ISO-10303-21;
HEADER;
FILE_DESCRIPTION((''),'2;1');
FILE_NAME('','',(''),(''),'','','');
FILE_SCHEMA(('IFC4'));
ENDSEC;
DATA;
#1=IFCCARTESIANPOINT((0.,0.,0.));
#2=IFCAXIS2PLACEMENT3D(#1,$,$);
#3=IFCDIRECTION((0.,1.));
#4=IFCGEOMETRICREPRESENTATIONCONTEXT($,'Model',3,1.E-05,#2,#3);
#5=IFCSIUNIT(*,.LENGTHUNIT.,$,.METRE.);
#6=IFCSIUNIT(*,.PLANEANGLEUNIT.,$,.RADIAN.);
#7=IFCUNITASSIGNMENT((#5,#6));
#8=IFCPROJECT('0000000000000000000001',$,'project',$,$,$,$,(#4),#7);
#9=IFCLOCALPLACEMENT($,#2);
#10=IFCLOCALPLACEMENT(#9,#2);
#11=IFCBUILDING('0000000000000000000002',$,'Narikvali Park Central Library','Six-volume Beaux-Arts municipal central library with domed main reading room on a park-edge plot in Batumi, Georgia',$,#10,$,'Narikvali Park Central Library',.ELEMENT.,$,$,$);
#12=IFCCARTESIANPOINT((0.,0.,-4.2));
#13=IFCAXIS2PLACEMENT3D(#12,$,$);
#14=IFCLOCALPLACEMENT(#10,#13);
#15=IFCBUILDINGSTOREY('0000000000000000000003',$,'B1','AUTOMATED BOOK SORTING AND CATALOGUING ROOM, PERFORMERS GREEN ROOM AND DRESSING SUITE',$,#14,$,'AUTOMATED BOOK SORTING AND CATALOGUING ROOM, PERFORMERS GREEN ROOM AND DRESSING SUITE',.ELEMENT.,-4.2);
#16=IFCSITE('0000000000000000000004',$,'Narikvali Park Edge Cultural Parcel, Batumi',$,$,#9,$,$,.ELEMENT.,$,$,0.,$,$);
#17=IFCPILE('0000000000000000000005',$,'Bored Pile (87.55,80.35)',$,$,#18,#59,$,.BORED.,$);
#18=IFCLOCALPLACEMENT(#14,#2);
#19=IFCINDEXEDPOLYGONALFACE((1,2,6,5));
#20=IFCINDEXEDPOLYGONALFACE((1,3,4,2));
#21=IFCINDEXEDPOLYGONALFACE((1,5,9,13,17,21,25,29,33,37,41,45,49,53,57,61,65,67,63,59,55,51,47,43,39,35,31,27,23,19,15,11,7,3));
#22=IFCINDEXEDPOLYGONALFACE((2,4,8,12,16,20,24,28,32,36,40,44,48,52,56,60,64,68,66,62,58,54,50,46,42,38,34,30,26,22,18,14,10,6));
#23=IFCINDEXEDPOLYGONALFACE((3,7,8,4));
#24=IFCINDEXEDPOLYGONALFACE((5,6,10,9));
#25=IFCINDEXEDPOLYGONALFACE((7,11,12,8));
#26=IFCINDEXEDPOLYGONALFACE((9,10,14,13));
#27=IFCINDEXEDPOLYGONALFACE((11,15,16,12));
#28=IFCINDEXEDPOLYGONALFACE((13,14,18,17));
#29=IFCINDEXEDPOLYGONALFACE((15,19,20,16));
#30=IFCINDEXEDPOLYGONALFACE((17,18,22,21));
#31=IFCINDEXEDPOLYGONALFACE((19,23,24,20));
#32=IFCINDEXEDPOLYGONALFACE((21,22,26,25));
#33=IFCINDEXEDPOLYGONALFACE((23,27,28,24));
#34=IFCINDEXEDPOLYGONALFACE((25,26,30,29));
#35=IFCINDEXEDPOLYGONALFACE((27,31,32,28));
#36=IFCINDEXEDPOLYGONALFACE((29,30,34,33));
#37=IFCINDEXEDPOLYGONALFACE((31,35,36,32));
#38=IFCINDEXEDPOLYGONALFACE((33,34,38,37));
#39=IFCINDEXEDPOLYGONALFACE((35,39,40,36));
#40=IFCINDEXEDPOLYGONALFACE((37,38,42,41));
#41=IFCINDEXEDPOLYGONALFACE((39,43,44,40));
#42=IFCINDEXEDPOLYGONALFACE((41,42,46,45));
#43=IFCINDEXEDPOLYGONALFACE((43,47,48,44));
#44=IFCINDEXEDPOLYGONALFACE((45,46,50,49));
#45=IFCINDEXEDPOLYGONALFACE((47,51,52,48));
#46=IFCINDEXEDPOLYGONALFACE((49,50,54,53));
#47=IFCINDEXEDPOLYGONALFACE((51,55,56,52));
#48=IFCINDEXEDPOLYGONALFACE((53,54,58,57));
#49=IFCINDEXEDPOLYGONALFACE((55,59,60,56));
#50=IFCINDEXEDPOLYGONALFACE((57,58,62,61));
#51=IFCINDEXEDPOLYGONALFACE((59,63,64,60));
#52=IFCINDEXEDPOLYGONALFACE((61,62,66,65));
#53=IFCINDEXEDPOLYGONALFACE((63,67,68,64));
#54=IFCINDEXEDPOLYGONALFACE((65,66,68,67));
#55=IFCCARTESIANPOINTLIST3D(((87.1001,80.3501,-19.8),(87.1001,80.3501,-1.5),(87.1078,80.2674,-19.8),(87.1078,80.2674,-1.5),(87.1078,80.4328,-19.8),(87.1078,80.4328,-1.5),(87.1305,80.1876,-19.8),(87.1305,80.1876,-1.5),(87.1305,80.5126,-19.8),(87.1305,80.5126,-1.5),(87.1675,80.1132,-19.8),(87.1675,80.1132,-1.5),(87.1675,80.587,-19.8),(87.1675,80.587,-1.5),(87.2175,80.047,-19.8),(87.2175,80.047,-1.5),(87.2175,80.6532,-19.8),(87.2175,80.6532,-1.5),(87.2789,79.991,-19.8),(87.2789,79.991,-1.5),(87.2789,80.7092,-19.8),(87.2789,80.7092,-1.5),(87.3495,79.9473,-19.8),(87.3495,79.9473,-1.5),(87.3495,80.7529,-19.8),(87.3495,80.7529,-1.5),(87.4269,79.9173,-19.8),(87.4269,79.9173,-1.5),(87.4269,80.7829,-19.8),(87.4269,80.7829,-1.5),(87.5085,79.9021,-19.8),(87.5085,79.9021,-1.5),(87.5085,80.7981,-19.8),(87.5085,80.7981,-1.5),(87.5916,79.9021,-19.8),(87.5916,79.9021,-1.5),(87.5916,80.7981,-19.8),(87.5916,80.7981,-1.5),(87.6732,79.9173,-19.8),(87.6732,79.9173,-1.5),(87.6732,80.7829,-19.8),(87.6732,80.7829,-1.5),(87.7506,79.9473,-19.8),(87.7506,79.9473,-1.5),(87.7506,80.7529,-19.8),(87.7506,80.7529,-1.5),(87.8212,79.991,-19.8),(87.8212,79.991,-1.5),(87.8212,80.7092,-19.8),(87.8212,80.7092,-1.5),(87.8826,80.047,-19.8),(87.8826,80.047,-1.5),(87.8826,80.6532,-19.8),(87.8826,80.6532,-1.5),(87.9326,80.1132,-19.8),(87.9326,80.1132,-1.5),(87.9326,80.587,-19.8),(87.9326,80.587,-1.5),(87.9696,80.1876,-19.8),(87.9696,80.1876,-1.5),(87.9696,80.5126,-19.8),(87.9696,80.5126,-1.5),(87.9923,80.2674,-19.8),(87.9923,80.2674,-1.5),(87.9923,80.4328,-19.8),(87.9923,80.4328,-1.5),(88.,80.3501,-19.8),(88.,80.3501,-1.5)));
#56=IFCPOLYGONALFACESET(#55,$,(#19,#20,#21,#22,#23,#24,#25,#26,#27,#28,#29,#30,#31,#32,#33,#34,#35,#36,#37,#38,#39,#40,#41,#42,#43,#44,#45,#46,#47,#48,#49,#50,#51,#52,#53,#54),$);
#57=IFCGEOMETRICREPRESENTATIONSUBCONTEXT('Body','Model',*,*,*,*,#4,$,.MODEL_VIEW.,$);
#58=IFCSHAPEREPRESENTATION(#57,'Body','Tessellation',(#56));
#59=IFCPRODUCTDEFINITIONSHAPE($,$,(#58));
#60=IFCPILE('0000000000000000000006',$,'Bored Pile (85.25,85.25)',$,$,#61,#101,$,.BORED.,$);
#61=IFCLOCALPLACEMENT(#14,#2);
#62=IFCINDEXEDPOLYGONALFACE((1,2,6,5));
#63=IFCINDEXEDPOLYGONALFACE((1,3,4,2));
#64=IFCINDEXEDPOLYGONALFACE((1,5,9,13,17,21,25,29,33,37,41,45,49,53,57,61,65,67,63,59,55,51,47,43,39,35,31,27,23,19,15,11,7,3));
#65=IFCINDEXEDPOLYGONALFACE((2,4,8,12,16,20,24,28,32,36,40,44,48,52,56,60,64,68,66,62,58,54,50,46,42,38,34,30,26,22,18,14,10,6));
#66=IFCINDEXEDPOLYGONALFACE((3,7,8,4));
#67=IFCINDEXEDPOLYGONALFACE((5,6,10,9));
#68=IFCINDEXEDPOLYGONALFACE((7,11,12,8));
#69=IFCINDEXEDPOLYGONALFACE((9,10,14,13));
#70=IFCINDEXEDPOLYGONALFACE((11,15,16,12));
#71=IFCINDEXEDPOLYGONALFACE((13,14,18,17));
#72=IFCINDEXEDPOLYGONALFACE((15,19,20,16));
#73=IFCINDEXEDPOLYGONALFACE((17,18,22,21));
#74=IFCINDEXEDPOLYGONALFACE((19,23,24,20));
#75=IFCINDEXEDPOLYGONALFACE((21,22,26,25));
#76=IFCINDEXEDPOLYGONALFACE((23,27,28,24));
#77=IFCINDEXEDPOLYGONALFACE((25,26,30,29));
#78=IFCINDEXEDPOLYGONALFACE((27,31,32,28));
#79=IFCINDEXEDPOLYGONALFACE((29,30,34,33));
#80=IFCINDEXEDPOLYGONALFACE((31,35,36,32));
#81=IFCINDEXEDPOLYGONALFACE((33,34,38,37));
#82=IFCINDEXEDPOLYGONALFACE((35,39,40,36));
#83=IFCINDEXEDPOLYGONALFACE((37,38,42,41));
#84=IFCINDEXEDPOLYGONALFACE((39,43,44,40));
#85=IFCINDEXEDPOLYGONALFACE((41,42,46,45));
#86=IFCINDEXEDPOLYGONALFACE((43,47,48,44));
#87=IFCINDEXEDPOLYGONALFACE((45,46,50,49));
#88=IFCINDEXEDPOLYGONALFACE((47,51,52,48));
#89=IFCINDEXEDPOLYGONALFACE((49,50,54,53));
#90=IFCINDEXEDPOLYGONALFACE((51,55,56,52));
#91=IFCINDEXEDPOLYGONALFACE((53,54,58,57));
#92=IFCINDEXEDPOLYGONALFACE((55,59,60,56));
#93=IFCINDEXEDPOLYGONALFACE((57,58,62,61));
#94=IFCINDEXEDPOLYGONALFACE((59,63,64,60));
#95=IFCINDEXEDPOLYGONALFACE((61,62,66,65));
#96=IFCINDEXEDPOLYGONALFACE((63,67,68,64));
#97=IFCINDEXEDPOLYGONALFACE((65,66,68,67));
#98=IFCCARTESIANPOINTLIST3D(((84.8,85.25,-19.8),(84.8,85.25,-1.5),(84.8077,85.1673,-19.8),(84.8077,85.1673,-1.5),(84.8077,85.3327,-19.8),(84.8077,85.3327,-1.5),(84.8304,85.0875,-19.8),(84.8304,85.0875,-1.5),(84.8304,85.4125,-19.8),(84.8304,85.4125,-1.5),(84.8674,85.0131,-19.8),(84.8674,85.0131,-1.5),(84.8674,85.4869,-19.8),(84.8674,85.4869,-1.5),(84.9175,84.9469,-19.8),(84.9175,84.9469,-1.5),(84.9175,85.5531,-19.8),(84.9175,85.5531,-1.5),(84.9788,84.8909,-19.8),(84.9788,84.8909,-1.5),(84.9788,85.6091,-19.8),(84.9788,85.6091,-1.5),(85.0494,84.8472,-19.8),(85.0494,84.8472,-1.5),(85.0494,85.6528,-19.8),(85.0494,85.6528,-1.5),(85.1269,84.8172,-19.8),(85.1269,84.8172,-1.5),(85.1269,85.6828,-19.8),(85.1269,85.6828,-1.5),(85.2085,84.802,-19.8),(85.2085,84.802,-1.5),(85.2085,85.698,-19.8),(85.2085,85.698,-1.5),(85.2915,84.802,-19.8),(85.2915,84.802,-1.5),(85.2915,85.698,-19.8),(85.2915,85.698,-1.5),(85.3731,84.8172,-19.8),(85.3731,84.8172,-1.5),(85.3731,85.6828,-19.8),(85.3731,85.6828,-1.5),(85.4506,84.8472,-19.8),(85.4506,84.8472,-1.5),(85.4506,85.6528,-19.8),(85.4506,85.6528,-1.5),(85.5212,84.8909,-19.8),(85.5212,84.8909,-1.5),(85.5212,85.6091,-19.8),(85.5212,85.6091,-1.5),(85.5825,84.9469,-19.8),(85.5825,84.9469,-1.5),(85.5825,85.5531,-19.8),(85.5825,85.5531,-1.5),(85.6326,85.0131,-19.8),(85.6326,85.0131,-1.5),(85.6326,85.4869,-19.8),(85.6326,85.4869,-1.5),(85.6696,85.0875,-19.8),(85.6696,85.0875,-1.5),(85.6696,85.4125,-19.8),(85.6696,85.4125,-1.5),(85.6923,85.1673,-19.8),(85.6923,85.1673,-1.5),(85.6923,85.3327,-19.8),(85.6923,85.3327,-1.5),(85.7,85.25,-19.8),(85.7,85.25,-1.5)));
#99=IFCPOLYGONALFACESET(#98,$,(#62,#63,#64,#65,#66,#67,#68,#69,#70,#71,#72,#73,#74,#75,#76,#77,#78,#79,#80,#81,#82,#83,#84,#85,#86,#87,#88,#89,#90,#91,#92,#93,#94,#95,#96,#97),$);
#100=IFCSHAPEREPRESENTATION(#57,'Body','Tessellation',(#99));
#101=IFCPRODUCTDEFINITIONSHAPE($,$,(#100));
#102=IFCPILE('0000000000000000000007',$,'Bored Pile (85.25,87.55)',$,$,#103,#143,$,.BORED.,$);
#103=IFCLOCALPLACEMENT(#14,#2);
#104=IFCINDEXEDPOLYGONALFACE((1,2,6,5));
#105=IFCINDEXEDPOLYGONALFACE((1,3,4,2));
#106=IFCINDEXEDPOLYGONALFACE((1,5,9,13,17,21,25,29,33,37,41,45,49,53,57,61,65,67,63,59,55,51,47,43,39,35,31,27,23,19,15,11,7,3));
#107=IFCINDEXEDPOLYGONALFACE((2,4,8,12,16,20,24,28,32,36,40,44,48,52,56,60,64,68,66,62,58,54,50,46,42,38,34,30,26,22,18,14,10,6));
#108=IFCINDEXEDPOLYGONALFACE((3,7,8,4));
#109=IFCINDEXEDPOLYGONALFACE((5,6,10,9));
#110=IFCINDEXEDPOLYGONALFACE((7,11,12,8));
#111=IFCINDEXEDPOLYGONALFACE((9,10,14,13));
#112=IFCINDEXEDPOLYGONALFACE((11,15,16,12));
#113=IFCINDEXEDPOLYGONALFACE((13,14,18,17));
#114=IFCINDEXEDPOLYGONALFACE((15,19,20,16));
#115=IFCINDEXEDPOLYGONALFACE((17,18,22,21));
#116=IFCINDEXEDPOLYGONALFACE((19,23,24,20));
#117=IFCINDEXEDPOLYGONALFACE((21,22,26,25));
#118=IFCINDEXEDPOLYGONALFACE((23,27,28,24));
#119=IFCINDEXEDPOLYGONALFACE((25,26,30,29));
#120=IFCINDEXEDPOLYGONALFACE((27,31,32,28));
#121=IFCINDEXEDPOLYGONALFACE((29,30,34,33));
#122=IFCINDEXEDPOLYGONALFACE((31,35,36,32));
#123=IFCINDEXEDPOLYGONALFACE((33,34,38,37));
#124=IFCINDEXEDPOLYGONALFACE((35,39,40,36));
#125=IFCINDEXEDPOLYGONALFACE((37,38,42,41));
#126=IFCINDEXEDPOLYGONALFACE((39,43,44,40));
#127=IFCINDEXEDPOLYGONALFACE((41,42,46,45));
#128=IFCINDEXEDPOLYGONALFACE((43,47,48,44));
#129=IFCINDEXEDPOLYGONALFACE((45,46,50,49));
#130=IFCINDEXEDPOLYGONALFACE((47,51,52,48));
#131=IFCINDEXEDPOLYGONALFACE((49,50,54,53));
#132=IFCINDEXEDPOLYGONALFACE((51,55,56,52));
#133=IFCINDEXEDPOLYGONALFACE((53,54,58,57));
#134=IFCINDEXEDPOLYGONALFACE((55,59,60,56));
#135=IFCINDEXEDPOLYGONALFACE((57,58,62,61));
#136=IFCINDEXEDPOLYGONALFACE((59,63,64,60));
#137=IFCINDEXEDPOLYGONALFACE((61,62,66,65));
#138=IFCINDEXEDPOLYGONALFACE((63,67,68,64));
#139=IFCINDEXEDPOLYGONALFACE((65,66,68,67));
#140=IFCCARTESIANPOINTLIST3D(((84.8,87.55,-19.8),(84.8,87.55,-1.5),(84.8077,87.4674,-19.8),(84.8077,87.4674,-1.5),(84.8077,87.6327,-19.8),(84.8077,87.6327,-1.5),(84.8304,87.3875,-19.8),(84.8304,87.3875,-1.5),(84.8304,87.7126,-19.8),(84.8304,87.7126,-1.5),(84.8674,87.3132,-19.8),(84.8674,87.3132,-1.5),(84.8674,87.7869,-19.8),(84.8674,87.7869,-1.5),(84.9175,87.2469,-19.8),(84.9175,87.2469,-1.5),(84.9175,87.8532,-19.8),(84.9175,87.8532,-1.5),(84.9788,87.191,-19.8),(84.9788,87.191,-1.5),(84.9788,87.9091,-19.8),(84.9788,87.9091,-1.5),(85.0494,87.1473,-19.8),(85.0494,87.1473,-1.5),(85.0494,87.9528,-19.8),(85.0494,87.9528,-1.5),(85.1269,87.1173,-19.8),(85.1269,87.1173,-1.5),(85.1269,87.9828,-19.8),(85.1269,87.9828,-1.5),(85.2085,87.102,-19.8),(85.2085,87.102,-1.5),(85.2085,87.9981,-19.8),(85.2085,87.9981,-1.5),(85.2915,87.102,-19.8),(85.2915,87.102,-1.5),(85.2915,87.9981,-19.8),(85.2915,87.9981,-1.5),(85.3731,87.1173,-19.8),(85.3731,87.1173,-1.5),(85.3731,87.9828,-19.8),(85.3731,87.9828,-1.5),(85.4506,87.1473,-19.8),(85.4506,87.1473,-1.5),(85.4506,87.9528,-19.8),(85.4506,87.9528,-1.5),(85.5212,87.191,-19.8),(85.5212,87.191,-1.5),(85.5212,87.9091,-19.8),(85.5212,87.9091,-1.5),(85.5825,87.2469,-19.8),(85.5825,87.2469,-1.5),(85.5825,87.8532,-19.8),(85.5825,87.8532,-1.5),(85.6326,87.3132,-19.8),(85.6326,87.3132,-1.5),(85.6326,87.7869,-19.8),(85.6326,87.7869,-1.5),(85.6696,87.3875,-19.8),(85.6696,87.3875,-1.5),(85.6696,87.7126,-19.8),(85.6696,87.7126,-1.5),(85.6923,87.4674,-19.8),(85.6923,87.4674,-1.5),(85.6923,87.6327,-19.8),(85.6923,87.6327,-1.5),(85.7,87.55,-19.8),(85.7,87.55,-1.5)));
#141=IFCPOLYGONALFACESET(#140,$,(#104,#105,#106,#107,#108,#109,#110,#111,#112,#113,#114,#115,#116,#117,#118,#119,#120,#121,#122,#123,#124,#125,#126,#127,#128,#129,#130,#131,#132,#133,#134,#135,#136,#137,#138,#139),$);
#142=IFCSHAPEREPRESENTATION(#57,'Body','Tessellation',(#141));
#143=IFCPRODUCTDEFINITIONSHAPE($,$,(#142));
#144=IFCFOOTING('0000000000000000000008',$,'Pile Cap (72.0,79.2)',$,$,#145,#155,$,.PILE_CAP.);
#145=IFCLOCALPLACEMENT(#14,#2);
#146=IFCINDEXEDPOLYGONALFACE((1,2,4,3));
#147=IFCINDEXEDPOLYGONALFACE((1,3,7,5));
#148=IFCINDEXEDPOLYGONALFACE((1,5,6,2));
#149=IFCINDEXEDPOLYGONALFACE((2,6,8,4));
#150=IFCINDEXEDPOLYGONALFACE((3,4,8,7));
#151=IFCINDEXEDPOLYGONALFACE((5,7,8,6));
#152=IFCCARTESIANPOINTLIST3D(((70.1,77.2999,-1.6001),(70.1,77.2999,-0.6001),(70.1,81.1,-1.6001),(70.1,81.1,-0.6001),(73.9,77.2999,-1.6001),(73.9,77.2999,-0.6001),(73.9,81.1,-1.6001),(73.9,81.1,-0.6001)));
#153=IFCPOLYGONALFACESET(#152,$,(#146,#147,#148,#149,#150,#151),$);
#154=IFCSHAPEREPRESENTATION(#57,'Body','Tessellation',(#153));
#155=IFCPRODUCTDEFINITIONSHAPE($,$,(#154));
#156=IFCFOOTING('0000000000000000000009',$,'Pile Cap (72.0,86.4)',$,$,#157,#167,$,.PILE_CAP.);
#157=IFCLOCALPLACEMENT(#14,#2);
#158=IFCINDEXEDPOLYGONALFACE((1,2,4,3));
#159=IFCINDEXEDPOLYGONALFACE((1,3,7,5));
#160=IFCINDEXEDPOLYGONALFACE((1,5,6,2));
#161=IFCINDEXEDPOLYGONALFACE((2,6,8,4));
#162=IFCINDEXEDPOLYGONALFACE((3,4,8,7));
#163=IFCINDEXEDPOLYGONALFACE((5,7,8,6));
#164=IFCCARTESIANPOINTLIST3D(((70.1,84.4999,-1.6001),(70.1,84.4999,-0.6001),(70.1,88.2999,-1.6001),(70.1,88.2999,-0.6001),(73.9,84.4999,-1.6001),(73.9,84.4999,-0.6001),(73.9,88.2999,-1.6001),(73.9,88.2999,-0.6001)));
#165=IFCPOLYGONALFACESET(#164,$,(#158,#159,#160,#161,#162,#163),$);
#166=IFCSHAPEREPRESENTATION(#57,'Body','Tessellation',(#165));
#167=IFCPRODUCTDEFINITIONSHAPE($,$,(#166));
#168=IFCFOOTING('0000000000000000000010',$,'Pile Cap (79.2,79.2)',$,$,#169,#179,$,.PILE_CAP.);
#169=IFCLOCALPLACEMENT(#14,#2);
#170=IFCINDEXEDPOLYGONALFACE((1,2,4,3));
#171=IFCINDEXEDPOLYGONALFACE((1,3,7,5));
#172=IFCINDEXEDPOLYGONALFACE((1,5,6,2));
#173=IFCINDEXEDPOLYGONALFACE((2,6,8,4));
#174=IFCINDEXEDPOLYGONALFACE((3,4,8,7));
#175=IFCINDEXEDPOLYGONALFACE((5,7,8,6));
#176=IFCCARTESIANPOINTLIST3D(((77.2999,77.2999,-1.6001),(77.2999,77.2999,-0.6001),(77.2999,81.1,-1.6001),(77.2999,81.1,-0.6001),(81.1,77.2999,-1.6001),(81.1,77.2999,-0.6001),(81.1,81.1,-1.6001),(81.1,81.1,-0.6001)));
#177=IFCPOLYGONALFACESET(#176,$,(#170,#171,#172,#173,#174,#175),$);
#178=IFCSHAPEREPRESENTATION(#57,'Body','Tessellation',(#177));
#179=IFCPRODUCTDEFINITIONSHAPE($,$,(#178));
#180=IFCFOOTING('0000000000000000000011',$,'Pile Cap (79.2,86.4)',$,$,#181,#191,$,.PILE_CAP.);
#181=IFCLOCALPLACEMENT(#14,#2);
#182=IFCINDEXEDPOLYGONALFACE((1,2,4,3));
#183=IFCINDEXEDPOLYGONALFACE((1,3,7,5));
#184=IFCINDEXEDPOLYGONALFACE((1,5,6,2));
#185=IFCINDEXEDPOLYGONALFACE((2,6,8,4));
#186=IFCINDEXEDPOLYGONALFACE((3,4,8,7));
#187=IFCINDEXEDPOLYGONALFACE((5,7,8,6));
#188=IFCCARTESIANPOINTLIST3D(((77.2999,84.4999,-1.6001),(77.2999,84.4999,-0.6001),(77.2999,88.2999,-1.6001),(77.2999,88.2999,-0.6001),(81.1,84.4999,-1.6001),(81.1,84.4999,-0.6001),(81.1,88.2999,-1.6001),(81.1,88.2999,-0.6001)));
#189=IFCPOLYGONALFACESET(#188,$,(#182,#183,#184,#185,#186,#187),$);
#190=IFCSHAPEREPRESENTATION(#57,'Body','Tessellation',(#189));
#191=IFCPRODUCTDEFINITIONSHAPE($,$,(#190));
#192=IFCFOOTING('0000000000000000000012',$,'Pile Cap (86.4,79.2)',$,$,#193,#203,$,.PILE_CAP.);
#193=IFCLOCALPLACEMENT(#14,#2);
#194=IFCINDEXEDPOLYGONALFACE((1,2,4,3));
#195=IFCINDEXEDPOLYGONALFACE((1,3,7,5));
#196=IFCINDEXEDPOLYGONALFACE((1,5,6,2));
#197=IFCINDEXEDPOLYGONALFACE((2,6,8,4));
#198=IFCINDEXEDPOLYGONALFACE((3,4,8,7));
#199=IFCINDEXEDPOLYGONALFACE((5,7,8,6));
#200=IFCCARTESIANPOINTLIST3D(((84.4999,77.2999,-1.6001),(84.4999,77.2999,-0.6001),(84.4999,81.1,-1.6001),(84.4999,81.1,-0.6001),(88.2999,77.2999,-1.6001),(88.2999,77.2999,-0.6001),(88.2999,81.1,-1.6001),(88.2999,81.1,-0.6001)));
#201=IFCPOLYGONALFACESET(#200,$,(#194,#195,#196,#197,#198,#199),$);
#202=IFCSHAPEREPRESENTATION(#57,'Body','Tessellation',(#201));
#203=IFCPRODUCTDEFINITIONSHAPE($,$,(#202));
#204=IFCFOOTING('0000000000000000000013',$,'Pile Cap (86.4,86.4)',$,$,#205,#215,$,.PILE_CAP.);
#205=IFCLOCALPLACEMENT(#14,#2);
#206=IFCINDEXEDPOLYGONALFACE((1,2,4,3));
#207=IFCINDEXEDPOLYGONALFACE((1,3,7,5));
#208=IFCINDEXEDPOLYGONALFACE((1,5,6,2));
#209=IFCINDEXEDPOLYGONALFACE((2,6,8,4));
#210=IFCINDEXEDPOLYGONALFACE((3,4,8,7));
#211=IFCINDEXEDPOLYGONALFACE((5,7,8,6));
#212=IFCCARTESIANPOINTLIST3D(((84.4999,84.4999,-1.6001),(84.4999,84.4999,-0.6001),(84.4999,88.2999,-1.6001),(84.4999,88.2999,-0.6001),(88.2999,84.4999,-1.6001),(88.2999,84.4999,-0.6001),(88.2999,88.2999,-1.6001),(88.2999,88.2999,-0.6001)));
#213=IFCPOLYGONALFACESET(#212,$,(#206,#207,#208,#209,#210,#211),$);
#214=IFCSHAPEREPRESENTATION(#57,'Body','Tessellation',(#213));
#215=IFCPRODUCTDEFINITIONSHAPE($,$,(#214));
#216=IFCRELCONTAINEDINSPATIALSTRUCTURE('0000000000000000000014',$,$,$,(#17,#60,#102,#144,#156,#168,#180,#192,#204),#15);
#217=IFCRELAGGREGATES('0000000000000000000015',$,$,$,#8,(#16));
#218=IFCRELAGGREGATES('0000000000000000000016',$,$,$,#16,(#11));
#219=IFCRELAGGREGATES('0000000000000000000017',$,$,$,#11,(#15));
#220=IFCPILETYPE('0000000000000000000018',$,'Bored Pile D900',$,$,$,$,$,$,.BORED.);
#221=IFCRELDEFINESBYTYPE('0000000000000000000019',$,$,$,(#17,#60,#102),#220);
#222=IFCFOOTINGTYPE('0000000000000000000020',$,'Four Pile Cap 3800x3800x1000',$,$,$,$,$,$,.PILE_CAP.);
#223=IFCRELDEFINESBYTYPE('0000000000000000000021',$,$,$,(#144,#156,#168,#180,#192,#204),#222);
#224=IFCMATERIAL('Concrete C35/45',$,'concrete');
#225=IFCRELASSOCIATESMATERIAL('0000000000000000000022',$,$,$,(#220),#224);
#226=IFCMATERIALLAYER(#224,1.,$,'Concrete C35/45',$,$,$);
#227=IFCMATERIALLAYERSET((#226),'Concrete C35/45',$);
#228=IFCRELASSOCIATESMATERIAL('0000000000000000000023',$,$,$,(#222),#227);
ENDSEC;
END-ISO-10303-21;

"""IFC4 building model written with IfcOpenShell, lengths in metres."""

from ifc_helpers import new_model, si_unit, direction, frame, origin, origin_2d, place, context, subcontext, project, spatial, rectangle, circle, extrude, material, layer, layer_set, material_profile, profile_set, type_object, element, save


model = new_model("IFC4")

# Units and contexts
model_context = context("Model", 3, precision=1e-05, world=origin(), true_north=direction((0.0, 1.0)))
body_context = subcontext(model_context, "Body", "Model", "MODEL_VIEW")
ifc_project = project(units=[si_unit("LENGTHUNIT", "METRE"), si_unit("PLANEANGLEUNIT", "RADIAN")], contexts=[model_context])

# Site, building, storey
site_placement = place(None, origin())
site = spatial("IfcSite", under=ifc_project, at=site_placement, Name="Narikvali Park Edge Cultural Parcel, Batumi", CompositionType="ELEMENT", RefElevation=0.0)
building_placement = place(site_placement, origin())
building = spatial("IfcBuilding", under=site, at=building_placement, Name="Narikvali Park Central Library", Description="Six-volume Beaux-Arts municipal central library with domed main reading room on a park-edge plot in Batumi, Georgia", LongName="Narikvali Park Central Library", CompositionType="ELEMENT")
storey_placement = place(building_placement, frame((0.0, 0.0, -4.2)))
storey = spatial("IfcBuildingStorey", under=building, at=storey_placement, Name="B1", Description="AUTOMATED BOOK SORTING AND CATALOGUING ROOM, PERFORMERS GREEN ROOM AND DRESSING SUITE", LongName="AUTOMATED BOOK SORTING AND CATALOGUING ROOM, PERFORMERS GREEN ROOM AND DRESSING SUITE", CompositionType="ELEMENT", Elevation=-4.2)

# Piles
ifc_material_1 = material(Name="Concrete C35/45", Category="concrete")
ifc_material_profile_1 = material_profile(ifc_material_1, circle(Radius=0.45, at=origin_2d()), Name="PILE D900")
ifc_profile_set_1 = profile_set([ifc_material_profile_1], Name="Concrete C35/45")
pile_type = type_object("IfcPileType", Name="Bored Pile D900", PredefinedType="BORED", material=ifc_profile_set_1)
for number, where, z_axis, x_axis, name in (
    (1, (87.55, 80.3501, -1.5), (0.0, 0.0, -1.0), (1.0, 0.0, 0.0), "Bored Pile (87.55,80.35)"),
    (2, (85.25, 85.25, -1.5), (0.0, 0.0, -1.0), (1.0, 0.0, 0.0), "Bored Pile (85.25,85.25)"),
    (3, (85.25, 87.55, -1.5), (0.0, 0.0, -1.0), (1.0, 0.0, 0.0), "Bored Pile (85.25,87.55)"),
):
    element("IfcPile", number, at=place(storey_placement, frame(where, z_axis=z_axis, x_axis=x_axis)), inside=storey, type_object=pile_type, Name=name, PredefinedType="BORED", context=body_context, shape_type="SweptSolid", body=[
        extrude(circle(Radius=0.45, at=origin_2d()), origin(), (0.0, 0.0, 1.0), 18.3),
    ])

# Footings
ifc_layer_1 = layer(ifc_material_1, 1.0, Name="Concrete C35/45")
ifc_layer_set_1 = layer_set([ifc_layer_1], Name="Concrete C35/45")
footing_type = type_object("IfcFootingType", Name="Four Pile Cap 3800x3800x1000", PredefinedType="PILE_CAP", material=ifc_layer_set_1)
for number, where, z_axis, x_axis, name in (
    (4, (72.0, 79.2, -1.6001), (0.0, 0.0, 1.0), (1.0, 0.0, 0.0), "Pile Cap (72.0,79.2)"),
    (5, (72.0, 86.3999, -1.6001), (0.0, 0.0, 1.0), (1.0, 0.0, 0.0), "Pile Cap (72.0,86.4)"),
    (6, (79.2, 79.2, -1.6001), (0.0, 0.0, 1.0), (1.0, 0.0, 0.0), "Pile Cap (79.2,79.2)"),
    (7, (79.2, 86.3999, -1.6001), (0.0, 0.0, 1.0), (1.0, 0.0, 0.0), "Pile Cap (79.2,86.4)"),
    (8, (86.3999, 79.2, -1.6001), (0.0, 0.0, 1.0), (1.0, 0.0, 0.0), "Pile Cap (86.4,79.2)"),
    (9, (86.3999, 86.3999, -1.6001), (0.0, 0.0, 1.0), (1.0, 0.0, 0.0), "Pile Cap (86.4,86.4)"),
):
    element("IfcFooting", number, at=place(storey_placement, frame(where, z_axis=z_axis, x_axis=x_axis)), inside=storey, type_object=footing_type, Name=name, PredefinedType="PILE_CAP", context=body_context, shape_type="SweptSolid", body=[
        extrude(rectangle(XDim=3.8, YDim=3.8, at=origin_2d()), origin(), (0.0, 0.0, 1.0), 1.0),
    ])

save(model, "model.ifc")
